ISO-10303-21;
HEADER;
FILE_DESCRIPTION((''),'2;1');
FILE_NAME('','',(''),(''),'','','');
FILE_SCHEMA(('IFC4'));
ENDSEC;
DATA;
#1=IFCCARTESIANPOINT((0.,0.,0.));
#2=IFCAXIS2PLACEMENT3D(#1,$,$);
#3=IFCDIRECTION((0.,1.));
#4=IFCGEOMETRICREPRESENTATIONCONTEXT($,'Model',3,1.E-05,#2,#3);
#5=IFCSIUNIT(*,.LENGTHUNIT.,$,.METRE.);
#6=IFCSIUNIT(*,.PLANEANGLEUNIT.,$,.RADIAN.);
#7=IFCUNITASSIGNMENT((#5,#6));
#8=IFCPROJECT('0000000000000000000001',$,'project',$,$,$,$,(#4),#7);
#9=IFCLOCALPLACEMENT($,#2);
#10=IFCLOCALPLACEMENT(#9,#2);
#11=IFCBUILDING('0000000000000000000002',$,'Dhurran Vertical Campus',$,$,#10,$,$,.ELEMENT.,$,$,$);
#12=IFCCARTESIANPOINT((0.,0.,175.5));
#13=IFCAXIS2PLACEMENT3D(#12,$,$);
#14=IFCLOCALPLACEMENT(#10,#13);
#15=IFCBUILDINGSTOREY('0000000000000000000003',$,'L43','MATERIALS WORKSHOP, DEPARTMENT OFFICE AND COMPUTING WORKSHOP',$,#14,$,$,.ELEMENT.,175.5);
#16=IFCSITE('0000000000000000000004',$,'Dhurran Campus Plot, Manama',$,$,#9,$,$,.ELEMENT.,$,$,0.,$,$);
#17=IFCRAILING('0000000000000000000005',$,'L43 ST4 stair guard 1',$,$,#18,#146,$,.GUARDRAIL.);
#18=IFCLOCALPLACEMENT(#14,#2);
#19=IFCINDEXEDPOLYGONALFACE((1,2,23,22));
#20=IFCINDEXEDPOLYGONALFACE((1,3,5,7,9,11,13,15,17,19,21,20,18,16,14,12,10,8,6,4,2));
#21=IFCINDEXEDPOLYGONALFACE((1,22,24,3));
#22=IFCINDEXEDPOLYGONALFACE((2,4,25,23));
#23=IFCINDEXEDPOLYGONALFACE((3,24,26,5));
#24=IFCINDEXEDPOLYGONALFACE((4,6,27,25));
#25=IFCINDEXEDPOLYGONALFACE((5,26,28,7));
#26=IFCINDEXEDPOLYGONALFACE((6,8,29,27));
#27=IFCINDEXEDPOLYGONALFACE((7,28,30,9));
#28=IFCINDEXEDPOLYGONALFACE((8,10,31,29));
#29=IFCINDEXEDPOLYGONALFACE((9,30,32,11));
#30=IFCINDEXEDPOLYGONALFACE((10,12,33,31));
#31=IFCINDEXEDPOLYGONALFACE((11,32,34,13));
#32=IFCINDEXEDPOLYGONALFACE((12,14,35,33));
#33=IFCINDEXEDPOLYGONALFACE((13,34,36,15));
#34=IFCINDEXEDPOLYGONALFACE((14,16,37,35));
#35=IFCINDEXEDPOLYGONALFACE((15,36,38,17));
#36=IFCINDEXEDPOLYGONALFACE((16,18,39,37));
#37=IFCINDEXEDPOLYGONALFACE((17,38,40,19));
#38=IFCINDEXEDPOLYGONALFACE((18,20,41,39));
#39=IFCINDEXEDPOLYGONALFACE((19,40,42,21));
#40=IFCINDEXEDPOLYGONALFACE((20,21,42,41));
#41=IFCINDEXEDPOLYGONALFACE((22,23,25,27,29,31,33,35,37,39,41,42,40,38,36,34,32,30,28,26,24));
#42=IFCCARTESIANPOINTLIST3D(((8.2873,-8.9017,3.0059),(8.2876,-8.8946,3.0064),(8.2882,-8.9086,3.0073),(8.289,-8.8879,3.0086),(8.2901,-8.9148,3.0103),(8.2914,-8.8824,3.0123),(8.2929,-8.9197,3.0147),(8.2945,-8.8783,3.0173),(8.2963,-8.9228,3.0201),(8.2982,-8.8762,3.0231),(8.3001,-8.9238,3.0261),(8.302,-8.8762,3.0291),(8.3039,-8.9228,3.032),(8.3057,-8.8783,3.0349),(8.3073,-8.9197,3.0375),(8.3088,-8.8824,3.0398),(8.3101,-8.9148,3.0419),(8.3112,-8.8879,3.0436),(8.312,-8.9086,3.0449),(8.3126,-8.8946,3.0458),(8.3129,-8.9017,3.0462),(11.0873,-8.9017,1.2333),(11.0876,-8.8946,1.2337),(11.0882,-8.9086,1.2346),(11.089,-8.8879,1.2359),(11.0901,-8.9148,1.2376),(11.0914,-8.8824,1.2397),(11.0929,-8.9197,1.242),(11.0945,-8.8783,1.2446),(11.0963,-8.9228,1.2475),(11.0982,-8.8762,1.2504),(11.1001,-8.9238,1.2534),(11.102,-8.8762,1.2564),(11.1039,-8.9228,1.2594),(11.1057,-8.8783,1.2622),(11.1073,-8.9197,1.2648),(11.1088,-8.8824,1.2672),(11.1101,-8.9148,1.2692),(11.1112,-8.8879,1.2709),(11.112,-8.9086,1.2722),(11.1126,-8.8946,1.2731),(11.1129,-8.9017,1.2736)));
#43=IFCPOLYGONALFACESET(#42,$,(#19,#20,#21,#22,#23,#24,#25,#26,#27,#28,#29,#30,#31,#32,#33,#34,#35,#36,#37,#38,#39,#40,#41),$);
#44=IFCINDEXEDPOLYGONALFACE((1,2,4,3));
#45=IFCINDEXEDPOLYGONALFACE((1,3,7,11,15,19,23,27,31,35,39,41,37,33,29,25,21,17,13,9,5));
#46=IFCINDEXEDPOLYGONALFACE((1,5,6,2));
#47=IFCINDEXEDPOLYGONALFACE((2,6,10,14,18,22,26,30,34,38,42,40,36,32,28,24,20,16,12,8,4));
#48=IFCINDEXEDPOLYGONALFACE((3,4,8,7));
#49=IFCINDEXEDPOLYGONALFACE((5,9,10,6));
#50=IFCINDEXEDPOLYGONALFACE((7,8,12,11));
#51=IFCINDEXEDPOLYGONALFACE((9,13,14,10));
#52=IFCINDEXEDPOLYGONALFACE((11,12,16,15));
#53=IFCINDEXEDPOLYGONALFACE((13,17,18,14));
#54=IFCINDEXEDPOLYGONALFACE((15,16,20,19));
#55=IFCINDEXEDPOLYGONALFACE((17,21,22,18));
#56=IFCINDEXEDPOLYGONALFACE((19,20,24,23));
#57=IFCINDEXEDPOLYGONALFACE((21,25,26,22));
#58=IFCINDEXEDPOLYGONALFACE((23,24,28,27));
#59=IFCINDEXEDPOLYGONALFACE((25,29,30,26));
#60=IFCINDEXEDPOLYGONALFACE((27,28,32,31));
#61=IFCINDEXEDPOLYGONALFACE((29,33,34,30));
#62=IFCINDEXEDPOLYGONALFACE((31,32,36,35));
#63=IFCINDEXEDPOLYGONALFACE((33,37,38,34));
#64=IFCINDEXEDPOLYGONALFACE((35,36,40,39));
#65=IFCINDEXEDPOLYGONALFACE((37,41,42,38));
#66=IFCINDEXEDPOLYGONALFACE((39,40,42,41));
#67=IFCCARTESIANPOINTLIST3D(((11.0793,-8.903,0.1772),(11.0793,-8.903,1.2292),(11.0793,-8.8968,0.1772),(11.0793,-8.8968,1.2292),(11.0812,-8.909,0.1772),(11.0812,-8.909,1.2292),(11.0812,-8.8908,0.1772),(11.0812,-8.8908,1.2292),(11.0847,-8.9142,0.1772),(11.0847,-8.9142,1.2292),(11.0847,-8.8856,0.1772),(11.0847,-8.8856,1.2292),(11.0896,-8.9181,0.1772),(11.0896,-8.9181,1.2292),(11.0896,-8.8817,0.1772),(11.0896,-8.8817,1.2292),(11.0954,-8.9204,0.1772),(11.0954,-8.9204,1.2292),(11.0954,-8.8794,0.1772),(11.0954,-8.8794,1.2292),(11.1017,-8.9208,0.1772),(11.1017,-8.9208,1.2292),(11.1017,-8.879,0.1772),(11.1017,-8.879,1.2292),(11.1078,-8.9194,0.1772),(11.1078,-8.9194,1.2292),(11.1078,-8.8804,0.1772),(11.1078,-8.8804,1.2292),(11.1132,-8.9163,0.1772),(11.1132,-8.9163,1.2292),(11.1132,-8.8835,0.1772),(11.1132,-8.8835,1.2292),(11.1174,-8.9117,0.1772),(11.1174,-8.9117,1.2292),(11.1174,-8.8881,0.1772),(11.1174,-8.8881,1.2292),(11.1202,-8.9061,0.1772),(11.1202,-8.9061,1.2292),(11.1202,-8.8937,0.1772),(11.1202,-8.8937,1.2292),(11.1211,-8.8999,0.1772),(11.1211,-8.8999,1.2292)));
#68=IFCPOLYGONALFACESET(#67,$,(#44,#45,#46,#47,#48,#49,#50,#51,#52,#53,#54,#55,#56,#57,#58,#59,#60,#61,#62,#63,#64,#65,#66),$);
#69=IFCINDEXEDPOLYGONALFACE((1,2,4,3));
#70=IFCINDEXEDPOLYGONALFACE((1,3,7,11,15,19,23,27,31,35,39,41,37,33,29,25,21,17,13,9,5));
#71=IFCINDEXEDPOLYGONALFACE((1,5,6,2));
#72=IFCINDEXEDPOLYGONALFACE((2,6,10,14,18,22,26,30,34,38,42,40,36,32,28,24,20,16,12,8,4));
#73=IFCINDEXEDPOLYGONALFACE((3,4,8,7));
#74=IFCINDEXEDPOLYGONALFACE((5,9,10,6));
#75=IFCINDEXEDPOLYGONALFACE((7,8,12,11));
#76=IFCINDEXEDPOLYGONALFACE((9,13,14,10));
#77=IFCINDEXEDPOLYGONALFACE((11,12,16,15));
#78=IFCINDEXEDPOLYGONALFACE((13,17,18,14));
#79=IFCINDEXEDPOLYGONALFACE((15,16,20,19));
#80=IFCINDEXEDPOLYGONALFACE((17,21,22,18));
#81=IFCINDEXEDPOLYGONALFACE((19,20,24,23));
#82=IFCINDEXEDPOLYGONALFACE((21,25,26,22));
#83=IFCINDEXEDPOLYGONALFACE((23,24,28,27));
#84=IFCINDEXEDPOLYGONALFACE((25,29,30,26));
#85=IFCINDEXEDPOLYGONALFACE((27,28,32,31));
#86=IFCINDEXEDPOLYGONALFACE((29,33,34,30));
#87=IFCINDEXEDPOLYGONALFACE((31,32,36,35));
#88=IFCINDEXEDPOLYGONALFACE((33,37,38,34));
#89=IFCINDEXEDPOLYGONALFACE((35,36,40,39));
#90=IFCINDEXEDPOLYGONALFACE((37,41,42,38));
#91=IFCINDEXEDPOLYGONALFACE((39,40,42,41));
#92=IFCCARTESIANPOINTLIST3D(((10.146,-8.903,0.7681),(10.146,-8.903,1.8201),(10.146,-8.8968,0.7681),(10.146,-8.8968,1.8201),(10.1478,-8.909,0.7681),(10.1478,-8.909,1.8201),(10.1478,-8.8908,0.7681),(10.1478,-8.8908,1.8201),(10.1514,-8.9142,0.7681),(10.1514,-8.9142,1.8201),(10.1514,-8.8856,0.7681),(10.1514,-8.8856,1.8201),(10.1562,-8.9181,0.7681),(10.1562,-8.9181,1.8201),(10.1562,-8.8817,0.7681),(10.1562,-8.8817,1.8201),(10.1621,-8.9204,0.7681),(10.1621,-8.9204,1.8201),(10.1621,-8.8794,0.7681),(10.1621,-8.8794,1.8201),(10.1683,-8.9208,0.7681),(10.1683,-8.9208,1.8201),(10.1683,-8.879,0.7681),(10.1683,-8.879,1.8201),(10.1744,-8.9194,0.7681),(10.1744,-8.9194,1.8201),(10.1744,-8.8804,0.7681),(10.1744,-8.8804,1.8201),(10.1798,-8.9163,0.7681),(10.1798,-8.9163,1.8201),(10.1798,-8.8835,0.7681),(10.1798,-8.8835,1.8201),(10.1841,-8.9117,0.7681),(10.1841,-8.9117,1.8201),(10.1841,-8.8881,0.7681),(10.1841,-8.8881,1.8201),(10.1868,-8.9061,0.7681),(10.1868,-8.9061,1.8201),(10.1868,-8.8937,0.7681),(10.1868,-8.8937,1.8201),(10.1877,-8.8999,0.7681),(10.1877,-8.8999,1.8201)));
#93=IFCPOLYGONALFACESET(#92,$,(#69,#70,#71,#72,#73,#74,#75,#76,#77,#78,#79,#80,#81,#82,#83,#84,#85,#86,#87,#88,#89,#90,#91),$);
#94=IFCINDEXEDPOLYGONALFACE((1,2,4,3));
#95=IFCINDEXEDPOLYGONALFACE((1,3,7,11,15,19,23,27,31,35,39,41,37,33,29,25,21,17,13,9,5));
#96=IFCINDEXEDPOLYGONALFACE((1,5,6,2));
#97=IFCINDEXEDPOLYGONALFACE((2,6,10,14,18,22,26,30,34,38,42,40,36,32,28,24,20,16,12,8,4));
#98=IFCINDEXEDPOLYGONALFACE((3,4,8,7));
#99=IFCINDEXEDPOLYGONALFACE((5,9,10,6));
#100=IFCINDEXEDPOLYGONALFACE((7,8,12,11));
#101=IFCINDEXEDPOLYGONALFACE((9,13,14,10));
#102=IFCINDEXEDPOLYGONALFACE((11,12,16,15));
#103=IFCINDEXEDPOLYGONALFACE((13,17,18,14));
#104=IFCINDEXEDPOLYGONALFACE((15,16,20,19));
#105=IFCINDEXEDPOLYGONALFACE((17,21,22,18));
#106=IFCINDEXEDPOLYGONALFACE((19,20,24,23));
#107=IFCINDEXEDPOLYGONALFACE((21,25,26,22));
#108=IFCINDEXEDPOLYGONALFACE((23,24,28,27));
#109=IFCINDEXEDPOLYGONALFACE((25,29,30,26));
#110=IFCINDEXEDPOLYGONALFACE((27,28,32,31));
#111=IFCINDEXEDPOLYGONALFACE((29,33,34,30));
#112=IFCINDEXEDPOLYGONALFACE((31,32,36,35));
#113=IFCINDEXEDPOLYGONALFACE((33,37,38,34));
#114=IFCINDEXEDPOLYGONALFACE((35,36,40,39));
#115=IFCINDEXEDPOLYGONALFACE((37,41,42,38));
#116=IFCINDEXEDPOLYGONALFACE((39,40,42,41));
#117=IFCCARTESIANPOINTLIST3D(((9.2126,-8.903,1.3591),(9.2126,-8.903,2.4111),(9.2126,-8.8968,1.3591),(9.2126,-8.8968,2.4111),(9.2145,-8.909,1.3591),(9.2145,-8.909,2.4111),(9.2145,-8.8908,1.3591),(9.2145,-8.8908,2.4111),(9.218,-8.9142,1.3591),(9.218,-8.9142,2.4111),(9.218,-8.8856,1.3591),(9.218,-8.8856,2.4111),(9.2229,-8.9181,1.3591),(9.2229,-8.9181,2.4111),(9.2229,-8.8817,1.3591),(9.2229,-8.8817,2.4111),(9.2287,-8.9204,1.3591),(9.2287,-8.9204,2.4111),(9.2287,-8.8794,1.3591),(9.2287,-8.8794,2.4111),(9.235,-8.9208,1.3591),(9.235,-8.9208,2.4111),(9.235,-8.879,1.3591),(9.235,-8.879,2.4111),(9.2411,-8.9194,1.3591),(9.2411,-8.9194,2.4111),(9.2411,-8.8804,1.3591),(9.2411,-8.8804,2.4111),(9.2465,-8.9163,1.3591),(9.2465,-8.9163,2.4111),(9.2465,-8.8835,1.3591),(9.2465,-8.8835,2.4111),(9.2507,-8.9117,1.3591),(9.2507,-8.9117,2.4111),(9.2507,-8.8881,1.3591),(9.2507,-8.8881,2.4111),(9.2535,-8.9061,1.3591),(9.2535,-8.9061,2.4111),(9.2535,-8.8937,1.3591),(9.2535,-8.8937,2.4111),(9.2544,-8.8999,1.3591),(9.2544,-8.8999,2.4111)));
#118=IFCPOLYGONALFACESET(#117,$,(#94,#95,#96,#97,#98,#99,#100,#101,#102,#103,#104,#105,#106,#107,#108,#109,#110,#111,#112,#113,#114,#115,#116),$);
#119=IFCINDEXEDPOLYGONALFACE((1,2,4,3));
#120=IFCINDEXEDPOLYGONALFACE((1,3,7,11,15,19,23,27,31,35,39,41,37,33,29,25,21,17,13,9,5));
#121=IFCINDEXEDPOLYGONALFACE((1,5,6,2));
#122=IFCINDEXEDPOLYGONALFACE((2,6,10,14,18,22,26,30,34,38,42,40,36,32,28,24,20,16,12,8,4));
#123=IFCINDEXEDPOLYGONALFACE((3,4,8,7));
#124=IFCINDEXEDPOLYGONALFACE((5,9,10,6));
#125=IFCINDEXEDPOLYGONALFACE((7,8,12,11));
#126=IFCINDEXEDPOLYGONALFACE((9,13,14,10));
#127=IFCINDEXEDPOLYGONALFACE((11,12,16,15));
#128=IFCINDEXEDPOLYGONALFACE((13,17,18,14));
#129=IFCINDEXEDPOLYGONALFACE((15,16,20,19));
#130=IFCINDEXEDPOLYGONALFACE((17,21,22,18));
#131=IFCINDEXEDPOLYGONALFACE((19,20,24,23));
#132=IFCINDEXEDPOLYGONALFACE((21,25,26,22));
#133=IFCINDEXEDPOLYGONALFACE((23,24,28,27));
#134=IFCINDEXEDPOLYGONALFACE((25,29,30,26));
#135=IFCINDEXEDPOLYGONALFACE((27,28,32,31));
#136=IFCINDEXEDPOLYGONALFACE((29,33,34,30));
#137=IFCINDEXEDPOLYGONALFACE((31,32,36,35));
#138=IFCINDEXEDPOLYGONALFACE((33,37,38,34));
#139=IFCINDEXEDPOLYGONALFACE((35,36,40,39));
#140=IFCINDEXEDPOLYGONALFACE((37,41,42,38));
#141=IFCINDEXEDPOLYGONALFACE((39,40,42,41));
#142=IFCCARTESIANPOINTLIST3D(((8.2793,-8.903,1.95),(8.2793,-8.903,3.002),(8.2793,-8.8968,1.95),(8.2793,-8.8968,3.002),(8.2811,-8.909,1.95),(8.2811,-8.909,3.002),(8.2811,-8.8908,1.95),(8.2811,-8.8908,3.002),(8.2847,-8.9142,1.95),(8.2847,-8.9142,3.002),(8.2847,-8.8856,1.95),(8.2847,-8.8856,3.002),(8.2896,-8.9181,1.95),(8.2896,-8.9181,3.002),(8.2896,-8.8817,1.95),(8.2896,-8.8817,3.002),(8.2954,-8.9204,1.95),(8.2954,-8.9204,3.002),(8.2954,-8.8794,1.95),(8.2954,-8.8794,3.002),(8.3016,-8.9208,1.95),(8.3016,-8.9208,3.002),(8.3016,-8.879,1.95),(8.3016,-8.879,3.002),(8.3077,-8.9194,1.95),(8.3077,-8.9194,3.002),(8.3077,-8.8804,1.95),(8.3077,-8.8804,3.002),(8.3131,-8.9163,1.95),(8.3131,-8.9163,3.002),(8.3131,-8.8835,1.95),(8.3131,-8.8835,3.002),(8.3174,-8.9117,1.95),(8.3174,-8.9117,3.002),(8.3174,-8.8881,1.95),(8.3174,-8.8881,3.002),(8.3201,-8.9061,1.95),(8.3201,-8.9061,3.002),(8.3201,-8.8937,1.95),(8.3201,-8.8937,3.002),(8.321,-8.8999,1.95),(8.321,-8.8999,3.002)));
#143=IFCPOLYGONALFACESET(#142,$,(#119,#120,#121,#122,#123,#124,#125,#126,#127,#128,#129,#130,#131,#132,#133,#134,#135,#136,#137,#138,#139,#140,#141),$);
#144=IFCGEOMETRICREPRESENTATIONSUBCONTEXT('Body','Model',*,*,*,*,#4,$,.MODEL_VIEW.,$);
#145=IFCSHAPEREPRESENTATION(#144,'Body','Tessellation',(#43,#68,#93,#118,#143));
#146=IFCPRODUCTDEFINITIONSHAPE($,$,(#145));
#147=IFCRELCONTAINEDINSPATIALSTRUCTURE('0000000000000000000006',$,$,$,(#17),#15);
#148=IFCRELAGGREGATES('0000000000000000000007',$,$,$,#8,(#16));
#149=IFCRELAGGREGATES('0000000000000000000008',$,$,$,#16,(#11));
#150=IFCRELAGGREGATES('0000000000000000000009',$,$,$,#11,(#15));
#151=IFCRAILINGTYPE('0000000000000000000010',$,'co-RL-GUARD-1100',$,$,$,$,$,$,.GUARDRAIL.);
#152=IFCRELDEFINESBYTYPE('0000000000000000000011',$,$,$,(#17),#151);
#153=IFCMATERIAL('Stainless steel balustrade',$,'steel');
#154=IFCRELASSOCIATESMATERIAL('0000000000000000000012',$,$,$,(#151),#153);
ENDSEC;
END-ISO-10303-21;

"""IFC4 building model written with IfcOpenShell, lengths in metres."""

from ifc_helpers import new_model, si_unit, direction, frame, origin, origin_2d, place, context, subcontext, project, spatial, circle, extrude, material, type_object, element, save


model = new_model("IFC4")

# Units and contexts
model_context = context("Model", 3, precision=1e-05, world=origin(), true_north=direction((0.0, 1.0)))
body_context = subcontext(model_context, "Body", "Model", "MODEL_VIEW")
ifc_project = project(units=[si_unit("LENGTHUNIT", "METRE"), si_unit("PLANEANGLEUNIT", "RADIAN")], contexts=[model_context])

# Site, building, storey
site_placement = place(None, origin())
site = spatial("IfcSite", under=ifc_project, at=site_placement, Name="Dhurran Campus Plot, Manama", CompositionType="ELEMENT", RefElevation=0.0)
building_placement = place(site_placement, origin())
building = spatial("IfcBuilding", under=site, at=building_placement, Name="Dhurran Vertical Campus", CompositionType="ELEMENT")
storey_placement = place(building_placement, frame((0.0, 0.0, 175.5)))
storey = spatial("IfcBuildingStorey", under=building, at=storey_placement, Name="L43", Description="MATERIALS WORKSHOP, DEPARTMENT OFFICE AND COMPUTING WORKSHOP", CompositionType="ELEMENT", Elevation=175.5)

# Railing
ifc_material_1 = material(Name="Stainless steel balustrade", Category="steel")
railing_type_1 = type_object("IfcRailingType", Name="co-RL-GUARD-1100", PredefinedType="GUARDRAIL", material=ifc_material_1)
railing_1_placement = place(storey_placement, frame((11.1001, -8.8999, 0.1772)))
element("IfcRailing", 1, at=railing_1_placement, inside=storey, type_object=railing_type_1, Name="L43 ST4 stair guard 1", PredefinedType="GUARDRAIL", context=body_context, shape_type="SweptSolid", body=[
    extrude(circle(Radius=0.0239, at=origin_2d()), frame((0.0, 0.0, 1.0762), z_axis=(-0.844909, 0.0, 0.53491), x_axis=(0.0, -1.0, 0.0)), (0.0, 0.0, 1.0), 3.314),
    extrude(circle(Radius=0.021, at=origin_2d()), origin(), (0.0, 0.0, 1.0), 1.052),
    extrude(circle(Radius=0.021, at=origin_2d()), frame((-0.9333, 0.0, 0.5908)), (0.0, 0.0, 1.0), 1.052),
    extrude(circle(Radius=0.021, at=origin_2d()), frame((-1.8667, 0.0, 1.1819)), (0.0, 0.0, 1.0), 1.052),
    extrude(circle(Radius=0.021, at=origin_2d()), frame((-2.8, 0.0, 1.7727)), (0.0, 0.0, 1.0), 1.052),
])

save(model, "model.ifc")
